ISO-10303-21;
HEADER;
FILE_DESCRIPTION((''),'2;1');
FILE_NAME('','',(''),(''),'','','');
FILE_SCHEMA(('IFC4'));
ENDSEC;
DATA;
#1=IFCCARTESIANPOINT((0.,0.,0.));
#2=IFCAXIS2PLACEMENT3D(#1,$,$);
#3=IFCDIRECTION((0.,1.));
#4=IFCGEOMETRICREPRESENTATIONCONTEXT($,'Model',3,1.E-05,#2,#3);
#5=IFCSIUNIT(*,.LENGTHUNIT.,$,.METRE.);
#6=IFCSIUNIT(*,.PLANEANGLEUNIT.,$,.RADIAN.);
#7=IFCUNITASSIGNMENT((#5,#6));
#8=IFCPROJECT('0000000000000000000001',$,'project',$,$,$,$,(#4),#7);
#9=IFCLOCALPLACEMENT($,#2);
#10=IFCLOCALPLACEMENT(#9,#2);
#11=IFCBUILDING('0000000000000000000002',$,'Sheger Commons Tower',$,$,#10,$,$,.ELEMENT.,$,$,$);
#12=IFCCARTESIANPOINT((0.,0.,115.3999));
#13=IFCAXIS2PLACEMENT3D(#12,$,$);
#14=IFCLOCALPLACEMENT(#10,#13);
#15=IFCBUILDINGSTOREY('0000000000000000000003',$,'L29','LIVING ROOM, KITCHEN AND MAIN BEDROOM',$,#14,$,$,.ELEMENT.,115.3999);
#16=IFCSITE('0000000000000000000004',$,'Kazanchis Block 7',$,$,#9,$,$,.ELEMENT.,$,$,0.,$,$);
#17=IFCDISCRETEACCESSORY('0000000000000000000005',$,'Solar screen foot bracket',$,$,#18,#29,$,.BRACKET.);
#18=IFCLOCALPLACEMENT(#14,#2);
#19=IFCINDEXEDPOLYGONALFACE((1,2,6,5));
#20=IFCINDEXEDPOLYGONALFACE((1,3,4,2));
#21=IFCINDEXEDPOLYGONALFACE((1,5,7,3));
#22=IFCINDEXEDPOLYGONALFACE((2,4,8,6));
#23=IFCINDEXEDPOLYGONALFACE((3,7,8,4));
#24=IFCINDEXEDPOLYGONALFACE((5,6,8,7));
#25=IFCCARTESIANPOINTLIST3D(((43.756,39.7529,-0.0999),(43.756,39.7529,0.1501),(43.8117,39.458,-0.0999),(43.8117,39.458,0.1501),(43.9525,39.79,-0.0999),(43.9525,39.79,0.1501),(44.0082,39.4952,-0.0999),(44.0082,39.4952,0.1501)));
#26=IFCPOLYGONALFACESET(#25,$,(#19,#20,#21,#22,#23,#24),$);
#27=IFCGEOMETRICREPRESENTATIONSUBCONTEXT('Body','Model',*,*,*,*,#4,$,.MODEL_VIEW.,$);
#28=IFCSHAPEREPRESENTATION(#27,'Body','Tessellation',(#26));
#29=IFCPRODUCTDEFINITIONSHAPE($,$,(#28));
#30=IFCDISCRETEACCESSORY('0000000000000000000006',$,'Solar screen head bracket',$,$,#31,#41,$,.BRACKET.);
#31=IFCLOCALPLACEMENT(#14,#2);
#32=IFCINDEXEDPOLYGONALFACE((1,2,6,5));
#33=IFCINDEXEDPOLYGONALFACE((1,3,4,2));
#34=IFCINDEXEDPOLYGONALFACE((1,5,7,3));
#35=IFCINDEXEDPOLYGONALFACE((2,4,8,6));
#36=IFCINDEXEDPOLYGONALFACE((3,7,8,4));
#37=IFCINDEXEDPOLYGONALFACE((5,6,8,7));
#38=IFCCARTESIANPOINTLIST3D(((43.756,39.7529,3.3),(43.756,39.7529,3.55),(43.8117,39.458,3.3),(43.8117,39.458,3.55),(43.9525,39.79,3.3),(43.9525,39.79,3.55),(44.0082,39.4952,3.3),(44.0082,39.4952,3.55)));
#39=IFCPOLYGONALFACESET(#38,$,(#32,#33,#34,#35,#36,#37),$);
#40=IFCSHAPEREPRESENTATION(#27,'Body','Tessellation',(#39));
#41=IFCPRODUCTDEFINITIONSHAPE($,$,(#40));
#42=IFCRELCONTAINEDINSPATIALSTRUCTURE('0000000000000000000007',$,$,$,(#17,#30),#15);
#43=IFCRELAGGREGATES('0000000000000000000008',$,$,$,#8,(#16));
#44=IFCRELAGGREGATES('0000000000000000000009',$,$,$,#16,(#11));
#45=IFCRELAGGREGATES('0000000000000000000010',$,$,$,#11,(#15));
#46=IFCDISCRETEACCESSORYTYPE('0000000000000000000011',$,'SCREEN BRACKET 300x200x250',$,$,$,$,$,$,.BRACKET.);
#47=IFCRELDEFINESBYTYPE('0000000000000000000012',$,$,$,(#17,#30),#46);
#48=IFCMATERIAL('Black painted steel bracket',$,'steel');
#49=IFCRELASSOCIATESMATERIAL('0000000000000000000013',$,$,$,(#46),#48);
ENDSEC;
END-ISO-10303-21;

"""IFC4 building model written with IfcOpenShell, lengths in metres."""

from ifc_helpers import new_model, si_unit, direction, frame, origin, origin_2d, place, context, subcontext, project, spatial, rectangle, extrude, material, type_object, element, save


model = new_model("IFC4")

# Units and contexts
model_context = context("Model", 3, precision=1e-05, world=origin(), true_north=direction((0.0, 1.0)))
body_context = subcontext(model_context, "Body", "Model", "MODEL_VIEW")
ifc_project = project(units=[si_unit("LENGTHUNIT", "METRE"), si_unit("PLANEANGLEUNIT", "RADIAN")], contexts=[model_context])

# Site, building, storey
site_placement = place(None, origin())
site = spatial("IfcSite", under=ifc_project, at=site_placement, Name="Kazanchis Block 7", CompositionType="ELEMENT", RefElevation=0.0)
building_placement = place(site_placement, origin())
building = spatial("IfcBuilding", under=site, at=building_placement, Name="Sheger Commons Tower", CompositionType="ELEMENT")
storey_placement = place(building_placement, frame((0.0, 0.0, 115.3999)))
storey = spatial("IfcBuildingStorey", under=building, at=storey_placement, Name="L29", Description="LIVING ROOM, KITCHEN AND MAIN BEDROOM", CompositionType="ELEMENT", Elevation=115.3999)

# Discrete accessories
ifc_material_1 = material(Name="Black painted steel bracket", Category="steel")
discrete_accessory_type = type_object("IfcDiscreteAccessoryType", Name="SCREEN BRACKET 300x200x250", PredefinedType="BRACKET", material=ifc_material_1)
for number, where, z_axis, x_axis, name in (
    (1, (43.8821, 39.624, -0.0999), (0.0, 0.0, 1.0), (-0.185615, 0.982623, 0.0), "Solar screen foot bracket"),
    (2, (43.8821, 39.624, 3.3), (0.0, 0.0, 1.0), (-0.185615, 0.982623, 0.0), "Solar screen head bracket"),
):
    element("IfcDiscreteAccessory", number, at=place(storey_placement, frame(where, z_axis=z_axis, x_axis=x_axis)), inside=storey, type_object=discrete_accessory_type, Name=name, PredefinedType="BRACKET", context=body_context, shape_type="SweptSolid", body=[
        extrude(rectangle(XDim=0.3, YDim=0.2, at=origin_2d()), origin(), (0.0, 0.0, 1.0), 0.25),
    ])

save(model, "model.ifc")
